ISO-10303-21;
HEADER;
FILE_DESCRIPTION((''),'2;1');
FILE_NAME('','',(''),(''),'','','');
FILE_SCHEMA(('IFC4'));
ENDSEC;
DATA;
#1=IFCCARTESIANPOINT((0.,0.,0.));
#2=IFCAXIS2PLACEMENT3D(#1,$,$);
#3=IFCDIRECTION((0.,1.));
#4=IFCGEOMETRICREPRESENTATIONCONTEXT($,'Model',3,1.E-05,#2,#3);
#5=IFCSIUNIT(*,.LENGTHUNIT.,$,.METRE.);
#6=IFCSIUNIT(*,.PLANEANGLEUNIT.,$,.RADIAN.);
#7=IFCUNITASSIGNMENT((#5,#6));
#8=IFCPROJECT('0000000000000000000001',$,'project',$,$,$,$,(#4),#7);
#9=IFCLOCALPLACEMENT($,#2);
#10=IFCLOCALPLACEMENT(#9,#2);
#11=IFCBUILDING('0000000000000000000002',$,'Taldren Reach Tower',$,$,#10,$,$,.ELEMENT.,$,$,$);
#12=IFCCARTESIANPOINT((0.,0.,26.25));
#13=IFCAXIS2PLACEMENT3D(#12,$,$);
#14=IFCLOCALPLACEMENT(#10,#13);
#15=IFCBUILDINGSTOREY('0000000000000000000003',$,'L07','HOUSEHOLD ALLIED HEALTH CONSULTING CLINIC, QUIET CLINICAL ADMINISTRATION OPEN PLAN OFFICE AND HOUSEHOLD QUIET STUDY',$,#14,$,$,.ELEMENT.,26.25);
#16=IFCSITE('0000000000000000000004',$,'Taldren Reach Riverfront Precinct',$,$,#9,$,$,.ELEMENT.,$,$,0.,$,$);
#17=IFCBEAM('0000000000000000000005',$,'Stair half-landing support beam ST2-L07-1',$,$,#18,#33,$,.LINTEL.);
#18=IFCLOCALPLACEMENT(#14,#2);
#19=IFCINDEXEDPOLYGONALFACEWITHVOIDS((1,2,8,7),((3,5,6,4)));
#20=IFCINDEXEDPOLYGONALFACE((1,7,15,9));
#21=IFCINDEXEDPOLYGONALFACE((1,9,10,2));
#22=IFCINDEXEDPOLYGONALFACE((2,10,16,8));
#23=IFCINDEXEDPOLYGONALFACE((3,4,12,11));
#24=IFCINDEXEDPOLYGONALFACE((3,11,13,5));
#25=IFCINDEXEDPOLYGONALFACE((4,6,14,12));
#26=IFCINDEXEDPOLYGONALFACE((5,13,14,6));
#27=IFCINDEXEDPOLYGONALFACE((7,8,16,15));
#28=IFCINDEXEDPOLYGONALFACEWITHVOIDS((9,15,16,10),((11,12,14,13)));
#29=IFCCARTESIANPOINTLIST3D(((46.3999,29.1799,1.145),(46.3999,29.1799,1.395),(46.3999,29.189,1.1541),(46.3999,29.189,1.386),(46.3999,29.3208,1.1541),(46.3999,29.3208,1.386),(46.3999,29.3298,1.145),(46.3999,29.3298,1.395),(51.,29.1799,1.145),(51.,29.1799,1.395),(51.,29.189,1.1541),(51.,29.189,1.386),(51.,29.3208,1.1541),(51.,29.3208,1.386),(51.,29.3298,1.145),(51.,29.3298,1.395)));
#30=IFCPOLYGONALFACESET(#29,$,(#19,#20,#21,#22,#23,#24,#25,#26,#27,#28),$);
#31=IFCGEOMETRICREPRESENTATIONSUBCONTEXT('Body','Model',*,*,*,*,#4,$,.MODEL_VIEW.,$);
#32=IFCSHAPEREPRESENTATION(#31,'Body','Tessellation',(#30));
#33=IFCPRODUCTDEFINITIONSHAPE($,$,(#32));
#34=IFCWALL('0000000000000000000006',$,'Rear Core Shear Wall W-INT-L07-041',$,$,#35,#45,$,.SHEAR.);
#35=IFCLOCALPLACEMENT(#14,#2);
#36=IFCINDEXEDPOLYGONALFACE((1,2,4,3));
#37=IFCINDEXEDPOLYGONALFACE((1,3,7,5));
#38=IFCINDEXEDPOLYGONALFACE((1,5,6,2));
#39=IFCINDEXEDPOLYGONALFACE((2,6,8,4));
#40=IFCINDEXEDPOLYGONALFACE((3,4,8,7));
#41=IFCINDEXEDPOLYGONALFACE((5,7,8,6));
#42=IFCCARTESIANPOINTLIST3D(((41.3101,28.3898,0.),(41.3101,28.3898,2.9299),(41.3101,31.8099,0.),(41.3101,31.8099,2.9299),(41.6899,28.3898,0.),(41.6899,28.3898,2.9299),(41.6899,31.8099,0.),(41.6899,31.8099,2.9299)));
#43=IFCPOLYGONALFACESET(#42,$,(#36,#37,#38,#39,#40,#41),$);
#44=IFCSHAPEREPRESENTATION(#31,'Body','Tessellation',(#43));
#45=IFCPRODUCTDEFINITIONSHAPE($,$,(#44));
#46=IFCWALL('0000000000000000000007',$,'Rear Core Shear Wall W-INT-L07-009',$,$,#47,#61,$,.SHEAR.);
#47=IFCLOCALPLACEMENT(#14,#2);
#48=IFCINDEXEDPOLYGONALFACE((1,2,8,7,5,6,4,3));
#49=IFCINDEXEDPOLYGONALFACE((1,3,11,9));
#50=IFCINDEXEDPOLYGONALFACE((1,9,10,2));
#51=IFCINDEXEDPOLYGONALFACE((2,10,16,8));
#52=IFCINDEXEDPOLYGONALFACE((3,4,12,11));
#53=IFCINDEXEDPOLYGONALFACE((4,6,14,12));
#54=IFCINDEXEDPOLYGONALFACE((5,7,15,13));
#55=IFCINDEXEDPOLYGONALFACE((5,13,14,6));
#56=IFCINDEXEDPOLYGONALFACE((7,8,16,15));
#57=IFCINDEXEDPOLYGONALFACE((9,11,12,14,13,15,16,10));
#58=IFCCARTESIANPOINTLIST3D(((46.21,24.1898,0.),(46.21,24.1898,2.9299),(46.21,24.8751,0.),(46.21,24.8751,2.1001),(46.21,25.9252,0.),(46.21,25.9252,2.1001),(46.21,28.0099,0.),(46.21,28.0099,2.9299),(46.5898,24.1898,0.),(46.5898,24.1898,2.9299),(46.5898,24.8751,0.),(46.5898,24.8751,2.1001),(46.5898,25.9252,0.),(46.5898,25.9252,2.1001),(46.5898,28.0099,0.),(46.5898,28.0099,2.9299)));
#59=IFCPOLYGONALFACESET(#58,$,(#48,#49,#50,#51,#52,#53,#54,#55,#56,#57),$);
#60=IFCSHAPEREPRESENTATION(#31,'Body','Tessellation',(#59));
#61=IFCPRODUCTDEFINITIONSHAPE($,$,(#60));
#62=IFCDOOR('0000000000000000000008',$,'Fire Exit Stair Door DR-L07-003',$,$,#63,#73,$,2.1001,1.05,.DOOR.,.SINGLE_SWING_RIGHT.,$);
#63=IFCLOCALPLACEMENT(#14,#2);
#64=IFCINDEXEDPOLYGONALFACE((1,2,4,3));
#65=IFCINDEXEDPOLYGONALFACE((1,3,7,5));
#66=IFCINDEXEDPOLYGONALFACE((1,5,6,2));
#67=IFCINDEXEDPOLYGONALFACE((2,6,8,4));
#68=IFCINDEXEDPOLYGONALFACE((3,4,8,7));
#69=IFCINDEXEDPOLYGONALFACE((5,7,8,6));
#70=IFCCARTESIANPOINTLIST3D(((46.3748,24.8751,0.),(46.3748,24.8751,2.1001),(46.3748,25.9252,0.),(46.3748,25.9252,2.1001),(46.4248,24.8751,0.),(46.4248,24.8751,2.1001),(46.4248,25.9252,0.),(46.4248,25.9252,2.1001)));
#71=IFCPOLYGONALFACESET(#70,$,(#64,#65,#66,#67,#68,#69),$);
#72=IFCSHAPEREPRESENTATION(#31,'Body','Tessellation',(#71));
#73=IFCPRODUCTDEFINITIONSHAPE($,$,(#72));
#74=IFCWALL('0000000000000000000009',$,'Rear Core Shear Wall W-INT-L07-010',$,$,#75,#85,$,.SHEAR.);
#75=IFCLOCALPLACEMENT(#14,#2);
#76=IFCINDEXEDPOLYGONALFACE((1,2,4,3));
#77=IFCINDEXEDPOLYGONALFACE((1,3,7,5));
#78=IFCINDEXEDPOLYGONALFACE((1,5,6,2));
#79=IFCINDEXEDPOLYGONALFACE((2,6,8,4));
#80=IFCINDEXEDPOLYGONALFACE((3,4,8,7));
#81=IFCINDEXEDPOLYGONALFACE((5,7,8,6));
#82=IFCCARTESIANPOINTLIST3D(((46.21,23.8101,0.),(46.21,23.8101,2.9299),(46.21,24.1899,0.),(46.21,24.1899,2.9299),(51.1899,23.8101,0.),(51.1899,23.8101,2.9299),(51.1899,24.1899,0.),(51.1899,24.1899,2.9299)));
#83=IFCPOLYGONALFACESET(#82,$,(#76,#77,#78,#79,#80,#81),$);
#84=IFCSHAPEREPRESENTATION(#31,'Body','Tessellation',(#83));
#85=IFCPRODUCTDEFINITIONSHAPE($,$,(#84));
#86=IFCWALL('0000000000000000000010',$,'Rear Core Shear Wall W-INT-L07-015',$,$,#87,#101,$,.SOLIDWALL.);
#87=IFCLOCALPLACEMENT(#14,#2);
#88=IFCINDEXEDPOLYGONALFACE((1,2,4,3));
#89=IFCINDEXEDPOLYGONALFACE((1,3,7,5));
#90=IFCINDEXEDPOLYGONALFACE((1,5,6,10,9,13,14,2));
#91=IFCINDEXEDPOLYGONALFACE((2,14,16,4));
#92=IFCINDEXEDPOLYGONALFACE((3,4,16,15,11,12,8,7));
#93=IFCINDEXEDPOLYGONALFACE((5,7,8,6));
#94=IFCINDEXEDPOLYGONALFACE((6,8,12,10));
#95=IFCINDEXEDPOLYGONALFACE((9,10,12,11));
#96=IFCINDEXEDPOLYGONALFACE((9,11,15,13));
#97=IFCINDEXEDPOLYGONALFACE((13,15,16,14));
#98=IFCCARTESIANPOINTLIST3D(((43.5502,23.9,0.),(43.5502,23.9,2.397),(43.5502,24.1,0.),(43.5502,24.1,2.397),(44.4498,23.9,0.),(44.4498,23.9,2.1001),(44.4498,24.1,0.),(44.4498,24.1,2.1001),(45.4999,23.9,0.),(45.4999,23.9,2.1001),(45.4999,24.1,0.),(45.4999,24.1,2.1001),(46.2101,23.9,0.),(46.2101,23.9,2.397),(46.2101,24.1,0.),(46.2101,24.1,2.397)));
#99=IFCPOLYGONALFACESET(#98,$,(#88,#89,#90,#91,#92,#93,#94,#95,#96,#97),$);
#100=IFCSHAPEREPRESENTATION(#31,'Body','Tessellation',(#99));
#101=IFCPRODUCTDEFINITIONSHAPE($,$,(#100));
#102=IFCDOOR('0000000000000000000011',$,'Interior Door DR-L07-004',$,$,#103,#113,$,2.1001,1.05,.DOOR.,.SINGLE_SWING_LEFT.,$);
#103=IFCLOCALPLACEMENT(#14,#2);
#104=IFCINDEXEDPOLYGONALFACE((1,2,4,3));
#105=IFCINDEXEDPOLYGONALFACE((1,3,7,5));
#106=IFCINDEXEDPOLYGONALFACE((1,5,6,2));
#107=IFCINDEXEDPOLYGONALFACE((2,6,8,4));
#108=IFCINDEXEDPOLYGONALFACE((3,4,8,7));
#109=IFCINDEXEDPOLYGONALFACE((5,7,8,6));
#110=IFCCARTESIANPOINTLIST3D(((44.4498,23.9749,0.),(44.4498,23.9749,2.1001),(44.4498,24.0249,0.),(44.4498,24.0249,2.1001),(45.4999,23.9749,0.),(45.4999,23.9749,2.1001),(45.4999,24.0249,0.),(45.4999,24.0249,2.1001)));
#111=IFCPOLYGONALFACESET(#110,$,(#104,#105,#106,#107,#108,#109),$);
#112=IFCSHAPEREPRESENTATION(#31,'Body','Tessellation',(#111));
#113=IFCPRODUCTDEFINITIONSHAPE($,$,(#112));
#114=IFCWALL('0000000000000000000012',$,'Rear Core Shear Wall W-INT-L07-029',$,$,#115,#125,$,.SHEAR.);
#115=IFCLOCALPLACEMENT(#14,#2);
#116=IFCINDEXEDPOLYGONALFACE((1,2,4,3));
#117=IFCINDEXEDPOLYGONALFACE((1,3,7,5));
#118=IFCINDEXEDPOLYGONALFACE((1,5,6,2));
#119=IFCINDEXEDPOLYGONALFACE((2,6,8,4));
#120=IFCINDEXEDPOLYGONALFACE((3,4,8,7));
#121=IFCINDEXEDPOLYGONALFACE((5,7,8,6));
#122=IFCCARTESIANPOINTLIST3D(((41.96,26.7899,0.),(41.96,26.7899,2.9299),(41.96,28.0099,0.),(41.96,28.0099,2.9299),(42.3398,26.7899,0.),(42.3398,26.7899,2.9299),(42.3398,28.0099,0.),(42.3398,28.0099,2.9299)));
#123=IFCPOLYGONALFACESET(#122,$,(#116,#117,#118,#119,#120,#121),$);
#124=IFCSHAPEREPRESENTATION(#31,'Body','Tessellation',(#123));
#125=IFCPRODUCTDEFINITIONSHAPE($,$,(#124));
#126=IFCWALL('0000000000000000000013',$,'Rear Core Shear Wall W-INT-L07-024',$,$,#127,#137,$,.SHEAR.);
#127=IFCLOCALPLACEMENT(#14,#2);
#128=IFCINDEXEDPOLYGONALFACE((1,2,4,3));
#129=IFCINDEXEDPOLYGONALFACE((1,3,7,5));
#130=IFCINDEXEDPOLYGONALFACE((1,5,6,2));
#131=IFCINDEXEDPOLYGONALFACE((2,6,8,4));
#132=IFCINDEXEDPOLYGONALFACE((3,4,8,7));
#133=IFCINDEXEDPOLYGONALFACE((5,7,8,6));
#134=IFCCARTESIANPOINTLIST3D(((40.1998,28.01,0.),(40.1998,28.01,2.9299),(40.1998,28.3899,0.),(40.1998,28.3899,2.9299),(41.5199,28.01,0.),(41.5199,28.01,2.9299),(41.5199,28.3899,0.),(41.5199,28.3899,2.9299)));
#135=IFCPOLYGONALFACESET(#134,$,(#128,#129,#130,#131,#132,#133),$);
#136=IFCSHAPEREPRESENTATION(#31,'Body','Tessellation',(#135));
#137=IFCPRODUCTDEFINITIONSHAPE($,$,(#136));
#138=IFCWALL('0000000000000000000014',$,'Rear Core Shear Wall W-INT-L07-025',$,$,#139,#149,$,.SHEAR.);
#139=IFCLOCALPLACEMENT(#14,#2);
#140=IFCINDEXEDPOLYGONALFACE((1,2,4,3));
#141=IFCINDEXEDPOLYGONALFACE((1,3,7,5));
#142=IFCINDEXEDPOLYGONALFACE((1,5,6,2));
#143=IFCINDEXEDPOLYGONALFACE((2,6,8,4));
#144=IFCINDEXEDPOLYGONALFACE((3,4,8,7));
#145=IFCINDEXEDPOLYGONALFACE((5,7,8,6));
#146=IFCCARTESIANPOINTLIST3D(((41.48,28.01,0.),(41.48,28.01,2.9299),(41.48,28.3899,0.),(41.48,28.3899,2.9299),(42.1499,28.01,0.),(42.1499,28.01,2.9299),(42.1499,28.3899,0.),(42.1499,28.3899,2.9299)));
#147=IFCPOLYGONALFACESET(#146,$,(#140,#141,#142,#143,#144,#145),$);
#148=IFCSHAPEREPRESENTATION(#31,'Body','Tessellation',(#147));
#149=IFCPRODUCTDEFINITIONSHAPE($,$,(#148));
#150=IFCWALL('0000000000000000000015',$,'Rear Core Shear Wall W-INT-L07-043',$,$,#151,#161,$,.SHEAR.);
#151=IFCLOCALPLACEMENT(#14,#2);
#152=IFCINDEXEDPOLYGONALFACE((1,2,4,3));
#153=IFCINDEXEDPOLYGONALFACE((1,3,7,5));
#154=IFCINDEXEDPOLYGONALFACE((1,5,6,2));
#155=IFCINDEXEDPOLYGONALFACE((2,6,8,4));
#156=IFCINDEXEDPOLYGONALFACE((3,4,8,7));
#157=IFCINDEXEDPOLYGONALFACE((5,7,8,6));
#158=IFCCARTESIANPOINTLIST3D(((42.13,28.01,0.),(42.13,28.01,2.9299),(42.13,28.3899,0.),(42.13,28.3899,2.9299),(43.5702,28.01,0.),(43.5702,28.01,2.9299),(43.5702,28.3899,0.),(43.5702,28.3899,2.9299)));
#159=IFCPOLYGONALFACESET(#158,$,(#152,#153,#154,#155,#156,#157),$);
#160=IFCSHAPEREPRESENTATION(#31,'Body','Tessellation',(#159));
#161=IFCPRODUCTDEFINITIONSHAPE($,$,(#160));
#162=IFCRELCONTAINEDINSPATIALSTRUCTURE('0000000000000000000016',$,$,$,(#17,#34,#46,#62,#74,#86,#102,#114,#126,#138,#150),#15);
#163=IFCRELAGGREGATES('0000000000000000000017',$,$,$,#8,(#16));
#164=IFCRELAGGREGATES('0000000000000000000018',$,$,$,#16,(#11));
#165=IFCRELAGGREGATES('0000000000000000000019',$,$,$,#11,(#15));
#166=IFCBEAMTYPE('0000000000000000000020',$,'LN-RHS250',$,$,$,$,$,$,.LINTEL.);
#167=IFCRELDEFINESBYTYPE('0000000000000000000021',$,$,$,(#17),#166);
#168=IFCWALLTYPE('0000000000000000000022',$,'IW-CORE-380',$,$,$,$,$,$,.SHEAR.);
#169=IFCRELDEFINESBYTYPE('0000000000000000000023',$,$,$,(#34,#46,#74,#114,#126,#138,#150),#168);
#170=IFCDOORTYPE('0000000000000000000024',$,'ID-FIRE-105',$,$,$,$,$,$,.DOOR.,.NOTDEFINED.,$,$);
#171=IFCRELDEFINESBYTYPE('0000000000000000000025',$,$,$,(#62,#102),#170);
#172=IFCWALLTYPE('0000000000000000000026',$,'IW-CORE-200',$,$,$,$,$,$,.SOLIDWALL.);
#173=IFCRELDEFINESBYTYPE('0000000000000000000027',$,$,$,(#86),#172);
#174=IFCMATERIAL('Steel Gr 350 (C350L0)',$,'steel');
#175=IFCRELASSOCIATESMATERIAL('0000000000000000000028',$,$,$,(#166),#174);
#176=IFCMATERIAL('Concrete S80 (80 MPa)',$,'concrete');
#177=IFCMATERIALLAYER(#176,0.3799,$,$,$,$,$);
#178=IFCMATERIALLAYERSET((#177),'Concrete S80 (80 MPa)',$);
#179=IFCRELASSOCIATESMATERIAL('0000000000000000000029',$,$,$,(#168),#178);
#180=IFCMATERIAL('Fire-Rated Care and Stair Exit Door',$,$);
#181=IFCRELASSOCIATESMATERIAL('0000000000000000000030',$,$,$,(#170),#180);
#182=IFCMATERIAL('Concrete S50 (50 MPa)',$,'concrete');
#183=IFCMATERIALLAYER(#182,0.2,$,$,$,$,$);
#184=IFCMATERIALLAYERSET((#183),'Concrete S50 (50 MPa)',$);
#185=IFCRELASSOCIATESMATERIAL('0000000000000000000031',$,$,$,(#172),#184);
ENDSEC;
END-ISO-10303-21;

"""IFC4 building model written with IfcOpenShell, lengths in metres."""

from ifc_helpers import new_model, si_unit, direction, frame, frame_2d, origin, origin_2d, place, context, subcontext, project, spatial, rectangle, hollow_rectangle, extrude, source, transform, mapped, material, layer, layer_set, material_profile, profile_set, type_object, element, fill, save


model = new_model("IFC4")

# Units and contexts
model_context = context("Model", 3, precision=1e-05, world=origin(), true_north=direction((0.0, 1.0)))
body_context = subcontext(model_context, "Body", "Model", "MODEL_VIEW")
ifc_project = project(units=[si_unit("LENGTHUNIT", "METRE"), si_unit("PLANEANGLEUNIT", "RADIAN")], contexts=[model_context])

# Site, building, storey
site_placement = place(None, origin())
site = spatial("IfcSite", under=ifc_project, at=site_placement, Name="Taldren Reach Riverfront Precinct", CompositionType="ELEMENT", RefElevation=0.0)
building_placement = place(site_placement, origin())
building = spatial("IfcBuilding", under=site, at=building_placement, Name="Taldren Reach Tower", CompositionType="ELEMENT")
storey_placement = place(building_placement, frame((0.0, 0.0, 26.25)))
storey = spatial("IfcBuildingStorey", under=building, at=storey_placement, Name="L07", Description="HOUSEHOLD ALLIED HEALTH CONSULTING CLINIC, QUIET CLINICAL ADMINISTRATION OPEN PLAN OFFICE AND HOUSEHOLD QUIET STUDY", CompositionType="ELEMENT", Elevation=26.25)

# Beam
ifc_material_1 = material(Name="Steel Gr 350 (C350L0)", Category="steel")
ifc_material_profile = material_profile(ifc_material_1, hollow_rectangle(XDim=0.1499, YDim=0.25, WallThickness=0.009, at=origin_2d()), Name="250x150x9.0RHS")
ifc_profile_set = profile_set([ifc_material_profile], Name="Steel Gr 350 (C350L0)")
beam_type = type_object("IfcBeamType", Name="LN-RHS250", PredefinedType="LINTEL", material=ifc_profile_set)
shared_shape_1 = source(origin(), body_context, "Body", "SweptSolid", [
    extrude(hollow_rectangle(XDim=0.1499, YDim=0.25, WallThickness=0.009, at=origin_2d()), origin(), (0.0, 0.0, 1.0), 4.6001),
])
beam_placement = place(storey_placement, frame((46.3999, 29.2549, 1.27), z_axis=(1.0, 0.0, 0.0), x_axis=(0.0, 1.0, 0.0)))
element("IfcBeam", 1, at=beam_placement, inside=storey, type_object=beam_type, Name="Stair half-landing support beam ST2-L07-1", PredefinedType="LINTEL", context=body_context, shape_type="MappedRepresentation", body=[
    mapped(shared_shape_1, transform((0.0, 0.0, 0.0), scale=1.0)),
])

# Wall
ifc_material_2 = material(Name="Concrete S80 (80 MPa)", Category="concrete")
ifc_layer_1 = layer(ifc_material_2, 0.3799)
ifc_layer_set_1 = layer_set([ifc_layer_1], Name="Concrete S80 (80 MPa)")
wall_type_1 = type_object("IfcWallType", Name="IW-CORE-380", PredefinedType="SHEAR", material=ifc_layer_set_1)
shared_shape_2 = source(origin(), body_context, "Body", "SweptSolid", [
    extrude(rectangle(XDim=3.4202, YDim=0.3799, at=frame_2d((1.71, 0.0))), origin(), (0.0, 0.0, 1.0), 2.9299),
])
wall_1_placement = place(storey_placement, frame((41.5, 28.3899, 0.0), z_axis=(0.0, 0.0, 1.0), x_axis=(0.0, 1.0, 0.0)))
element("IfcWall", 2, at=wall_1_placement, inside=storey, type_object=wall_type_1, Name="Rear Core Shear Wall W-INT-L07-041", PredefinedType="SHEAR", context=body_context, shape_type="MappedRepresentation", body=[
    mapped(shared_shape_2, transform((0.0, 0.0, 0.0), scale=1.0)),
])

# Wall, opening, door
shared_shape_3 = source(origin(), body_context, "Body", "SweptSolid", [
    extrude(rectangle(XDim=3.8201, YDim=0.3799, at=frame_2d((1.9102, 0.0))), origin(), (0.0, 0.0, 1.0), 2.9299),
])
wall_2_placement = place(storey_placement, frame((46.3999, 28.01, 0.0), z_axis=(0.0, 0.0, 1.0), x_axis=(0.0, -1.0, 0.0)))
wall_2 = element("IfcWall", 3, at=wall_2_placement, inside=storey, type_object=wall_type_1, Name="Rear Core Shear Wall W-INT-L07-009", PredefinedType="SHEAR", context=body_context, shape_type="MappedRepresentation", body=[
    mapped(shared_shape_3, transform((0.0, 0.0, 0.0), scale=1.0)),
])
shared_shape_4 = source(origin(), body_context, "Body", "SweptSolid", [
    extrude(rectangle(XDim=1.05, YDim=2.1001, at=frame_2d((0.5249, 1.05))), frame((0.0, 0.2, 0.0), z_axis=(0.0, -1.0, 0.0), x_axis=(1.0, 0.0, 0.0)), (0.0, 0.0, 1.0), 0.3999),
])
opening_1_placement = place(wall_2_placement, frame((2.085, 0.0, 0.0)))
opening_1 = element("IfcOpeningElement", 4, at=opening_1_placement, cuts=wall_2, PredefinedType="OPENING", context=body_context, shape_type="MappedRepresentation", body=[
    mapped(shared_shape_4, transform((0.0, 0.0, 0.0), scale=1.0)),
])
ifc_material_3 = material(Name="Fire-Rated Care and Stair Exit Door")
door_type_1 = type_object("IfcDoorType", Name="ID-FIRE-105", OperationType="NOTDEFINED", PredefinedType="DOOR", material=ifc_material_3)
shared_shape_5 = source(origin(), body_context, "Body", "SweptSolid", [
    extrude(rectangle(XDim=1.05, YDim=2.1001, at=frame_2d((0.5249, 1.05))), frame((0.0, 0.0249, 0.0), z_axis=(0.0, -1.0, 0.0), x_axis=(1.0, 0.0, 0.0)), (0.0, 0.0, 1.0), 0.05),
])
door_1_placement = place(opening_1_placement, origin())
door_1 = element("IfcDoor", 5, at=door_1_placement, inside=storey, type_object=door_type_1, Name="Fire Exit Stair Door DR-L07-003", OperationType="SINGLE_SWING_RIGHT", OverallHeight=2.1001, OverallWidth=1.05, PredefinedType="DOOR", context=body_context, shape_type="MappedRepresentation", body=[
    mapped(shared_shape_5, transform((0.0, 0.0, 0.0), scale=1.0)),
])
fill(opening_1, door_1)

# Wall
shared_shape_6 = source(origin(), body_context, "Body", "SweptSolid", [
    extrude(rectangle(XDim=4.98, YDim=0.3799, at=frame_2d((2.49, 0.0))), origin(), (0.0, 0.0, 1.0), 2.9299),
])
wall_3_placement = place(storey_placement, frame((46.21, 24.0, 0.0), z_axis=(0.0, 0.0, 1.0), x_axis=(1.0, 0.0, 0.0)))
element("IfcWall", 6, at=wall_3_placement, inside=storey, type_object=wall_type_1, Name="Rear Core Shear Wall W-INT-L07-010", PredefinedType="SHEAR", context=body_context, shape_type="MappedRepresentation", body=[
    mapped(shared_shape_6, transform((0.0, 0.0, 0.0), scale=1.0)),
])

# Wall, opening, door
ifc_material_4 = material(Name="Concrete S50 (50 MPa)", Category="concrete")
ifc_layer_2 = layer(ifc_material_4, 0.2)
ifc_layer_set_2 = layer_set([ifc_layer_2], Name="Concrete S50 (50 MPa)")
wall_type_2 = type_object("IfcWallType", Name="IW-CORE-200", PredefinedType="SOLIDWALL", material=ifc_layer_set_2)
shared_shape_7 = source(origin(), body_context, "Body", "SweptSolid", [
    extrude(rectangle(XDim=2.6599, YDim=0.2, at=frame_2d((1.3301, 0.0))), origin(), (0.0, 0.0, 1.0), 2.397),
])
wall_4_placement = place(storey_placement, frame((43.55, 24.0, 0.0), z_axis=(0.0, 0.0, 1.0), x_axis=(1.0, 0.0, 0.0)))
wall_4 = element("IfcWall", 7, at=wall_4_placement, inside=storey, type_object=wall_type_2, Name="Rear Core Shear Wall W-INT-L07-015", PredefinedType="SOLIDWALL", context=body_context, shape_type="MappedRepresentation", body=[
    mapped(shared_shape_7, transform((0.0, 0.0, 0.0), scale=1.0)),
])
shared_shape_8 = source(origin(), body_context, "Body", "SweptSolid", [
    extrude(rectangle(XDim=1.05, YDim=2.1001, at=frame_2d((0.5249, 1.05))), frame((0.0, 0.1099, 0.0), z_axis=(0.0, -1.0, 0.0), x_axis=(1.0, 0.0, 0.0)), (0.0, 0.0, 1.0), 0.22),
])
opening_2_placement = place(wall_4_placement, frame((0.8999, 0.0, 0.0)))
opening_2 = element("IfcOpeningElement", 8, at=opening_2_placement, cuts=wall_4, PredefinedType="OPENING", context=body_context, shape_type="MappedRepresentation", body=[
    mapped(shared_shape_8, transform((0.0, 0.0, 0.0), scale=1.0)),
])
door_2_placement = place(opening_2_placement, origin())
door_2 = element("IfcDoor", 9, at=door_2_placement, inside=storey, type_object=door_type_1, Name="Interior Door DR-L07-004", OperationType="SINGLE_SWING_LEFT", OverallHeight=2.1001, OverallWidth=1.05, PredefinedType="DOOR", context=body_context, shape_type="MappedRepresentation", body=[
    mapped(shared_shape_5, transform((0.0, 0.0, 0.0), scale=1.0)),
])
fill(opening_2, door_2)

# Walls
shared_shape_9 = source(origin(), body_context, "Body", "SweptSolid", [
    extrude(rectangle(XDim=1.22, YDim=0.3799, at=frame_2d((0.6099, 0.0))), origin(), (0.0, 0.0, 1.0), 2.9299),
])
wall_5_placement = place(storey_placement, frame((42.1499, 26.79, 0.0), z_axis=(0.0, 0.0, 1.0), x_axis=(0.0, 1.0, 0.0)))
element("IfcWall", 10, at=wall_5_placement, inside=storey, type_object=wall_type_1, Name="Rear Core Shear Wall W-INT-L07-029", PredefinedType="SHEAR", context=body_context, shape_type="MappedRepresentation", body=[
    mapped(shared_shape_9, transform((0.0, 0.0, 0.0), scale=1.0)),
])
shared_shape_10 = source(origin(), body_context, "Body", "SweptSolid", [
    extrude(rectangle(XDim=1.3201, YDim=0.3799, at=frame_2d((0.6602, 0.0))), origin(), (0.0, 0.0, 1.0), 2.9299),
])
wall_6_placement = place(storey_placement, frame((41.52, 28.2, 0.0), z_axis=(0.0, 0.0, 1.0), x_axis=(-1.0, 0.0, 0.0)))
element("IfcWall", 11, at=wall_6_placement, inside=storey, type_object=wall_type_1, Name="Rear Core Shear Wall W-INT-L07-024", PredefinedType="SHEAR", context=body_context, shape_type="MappedRepresentation", body=[
    mapped(shared_shape_10, transform((0.0, 0.0, 0.0), scale=1.0)),
])
shared_shape_11 = source(origin(), body_context, "Body", "SweptSolid", [
    extrude(rectangle(XDim=0.6699, YDim=0.3799, at=frame_2d((0.335, 0.0))), origin(), (0.0, 0.0, 1.0), 2.9299),
])
wall_7_placement = place(storey_placement, frame((42.1499, 28.2, 0.0), z_axis=(0.0, 0.0, 1.0), x_axis=(-1.0, 0.0, 0.0)))
element("IfcWall", 12, at=wall_7_placement, inside=storey, type_object=wall_type_1, Name="Rear Core Shear Wall W-INT-L07-025", PredefinedType="SHEAR", context=body_context, shape_type="MappedRepresentation", body=[
    mapped(shared_shape_11, transform((0.0, 0.0, 0.0), scale=1.0)),
])
shared_shape_12 = source(origin(), body_context, "Body", "SweptSolid", [
    extrude(rectangle(XDim=1.4402, YDim=0.3799, at=frame_2d((0.7202, 0.0))), origin(), (0.0, 0.0, 1.0), 2.9299),
])
wall_8_placement = place(storey_placement, frame((42.1299, 28.2, 0.0), z_axis=(0.0, 0.0, 1.0), x_axis=(1.0, 0.0, 0.0)))
element("IfcWall", 13, at=wall_8_placement, inside=storey, type_object=wall_type_1, Name="Rear Core Shear Wall W-INT-L07-043", PredefinedType="SHEAR", context=body_context, shape_type="MappedRepresentation", body=[
    mapped(shared_shape_12, transform((0.0, 0.0, 0.0), scale=1.0)),
])

save(model, "model.ifc")
